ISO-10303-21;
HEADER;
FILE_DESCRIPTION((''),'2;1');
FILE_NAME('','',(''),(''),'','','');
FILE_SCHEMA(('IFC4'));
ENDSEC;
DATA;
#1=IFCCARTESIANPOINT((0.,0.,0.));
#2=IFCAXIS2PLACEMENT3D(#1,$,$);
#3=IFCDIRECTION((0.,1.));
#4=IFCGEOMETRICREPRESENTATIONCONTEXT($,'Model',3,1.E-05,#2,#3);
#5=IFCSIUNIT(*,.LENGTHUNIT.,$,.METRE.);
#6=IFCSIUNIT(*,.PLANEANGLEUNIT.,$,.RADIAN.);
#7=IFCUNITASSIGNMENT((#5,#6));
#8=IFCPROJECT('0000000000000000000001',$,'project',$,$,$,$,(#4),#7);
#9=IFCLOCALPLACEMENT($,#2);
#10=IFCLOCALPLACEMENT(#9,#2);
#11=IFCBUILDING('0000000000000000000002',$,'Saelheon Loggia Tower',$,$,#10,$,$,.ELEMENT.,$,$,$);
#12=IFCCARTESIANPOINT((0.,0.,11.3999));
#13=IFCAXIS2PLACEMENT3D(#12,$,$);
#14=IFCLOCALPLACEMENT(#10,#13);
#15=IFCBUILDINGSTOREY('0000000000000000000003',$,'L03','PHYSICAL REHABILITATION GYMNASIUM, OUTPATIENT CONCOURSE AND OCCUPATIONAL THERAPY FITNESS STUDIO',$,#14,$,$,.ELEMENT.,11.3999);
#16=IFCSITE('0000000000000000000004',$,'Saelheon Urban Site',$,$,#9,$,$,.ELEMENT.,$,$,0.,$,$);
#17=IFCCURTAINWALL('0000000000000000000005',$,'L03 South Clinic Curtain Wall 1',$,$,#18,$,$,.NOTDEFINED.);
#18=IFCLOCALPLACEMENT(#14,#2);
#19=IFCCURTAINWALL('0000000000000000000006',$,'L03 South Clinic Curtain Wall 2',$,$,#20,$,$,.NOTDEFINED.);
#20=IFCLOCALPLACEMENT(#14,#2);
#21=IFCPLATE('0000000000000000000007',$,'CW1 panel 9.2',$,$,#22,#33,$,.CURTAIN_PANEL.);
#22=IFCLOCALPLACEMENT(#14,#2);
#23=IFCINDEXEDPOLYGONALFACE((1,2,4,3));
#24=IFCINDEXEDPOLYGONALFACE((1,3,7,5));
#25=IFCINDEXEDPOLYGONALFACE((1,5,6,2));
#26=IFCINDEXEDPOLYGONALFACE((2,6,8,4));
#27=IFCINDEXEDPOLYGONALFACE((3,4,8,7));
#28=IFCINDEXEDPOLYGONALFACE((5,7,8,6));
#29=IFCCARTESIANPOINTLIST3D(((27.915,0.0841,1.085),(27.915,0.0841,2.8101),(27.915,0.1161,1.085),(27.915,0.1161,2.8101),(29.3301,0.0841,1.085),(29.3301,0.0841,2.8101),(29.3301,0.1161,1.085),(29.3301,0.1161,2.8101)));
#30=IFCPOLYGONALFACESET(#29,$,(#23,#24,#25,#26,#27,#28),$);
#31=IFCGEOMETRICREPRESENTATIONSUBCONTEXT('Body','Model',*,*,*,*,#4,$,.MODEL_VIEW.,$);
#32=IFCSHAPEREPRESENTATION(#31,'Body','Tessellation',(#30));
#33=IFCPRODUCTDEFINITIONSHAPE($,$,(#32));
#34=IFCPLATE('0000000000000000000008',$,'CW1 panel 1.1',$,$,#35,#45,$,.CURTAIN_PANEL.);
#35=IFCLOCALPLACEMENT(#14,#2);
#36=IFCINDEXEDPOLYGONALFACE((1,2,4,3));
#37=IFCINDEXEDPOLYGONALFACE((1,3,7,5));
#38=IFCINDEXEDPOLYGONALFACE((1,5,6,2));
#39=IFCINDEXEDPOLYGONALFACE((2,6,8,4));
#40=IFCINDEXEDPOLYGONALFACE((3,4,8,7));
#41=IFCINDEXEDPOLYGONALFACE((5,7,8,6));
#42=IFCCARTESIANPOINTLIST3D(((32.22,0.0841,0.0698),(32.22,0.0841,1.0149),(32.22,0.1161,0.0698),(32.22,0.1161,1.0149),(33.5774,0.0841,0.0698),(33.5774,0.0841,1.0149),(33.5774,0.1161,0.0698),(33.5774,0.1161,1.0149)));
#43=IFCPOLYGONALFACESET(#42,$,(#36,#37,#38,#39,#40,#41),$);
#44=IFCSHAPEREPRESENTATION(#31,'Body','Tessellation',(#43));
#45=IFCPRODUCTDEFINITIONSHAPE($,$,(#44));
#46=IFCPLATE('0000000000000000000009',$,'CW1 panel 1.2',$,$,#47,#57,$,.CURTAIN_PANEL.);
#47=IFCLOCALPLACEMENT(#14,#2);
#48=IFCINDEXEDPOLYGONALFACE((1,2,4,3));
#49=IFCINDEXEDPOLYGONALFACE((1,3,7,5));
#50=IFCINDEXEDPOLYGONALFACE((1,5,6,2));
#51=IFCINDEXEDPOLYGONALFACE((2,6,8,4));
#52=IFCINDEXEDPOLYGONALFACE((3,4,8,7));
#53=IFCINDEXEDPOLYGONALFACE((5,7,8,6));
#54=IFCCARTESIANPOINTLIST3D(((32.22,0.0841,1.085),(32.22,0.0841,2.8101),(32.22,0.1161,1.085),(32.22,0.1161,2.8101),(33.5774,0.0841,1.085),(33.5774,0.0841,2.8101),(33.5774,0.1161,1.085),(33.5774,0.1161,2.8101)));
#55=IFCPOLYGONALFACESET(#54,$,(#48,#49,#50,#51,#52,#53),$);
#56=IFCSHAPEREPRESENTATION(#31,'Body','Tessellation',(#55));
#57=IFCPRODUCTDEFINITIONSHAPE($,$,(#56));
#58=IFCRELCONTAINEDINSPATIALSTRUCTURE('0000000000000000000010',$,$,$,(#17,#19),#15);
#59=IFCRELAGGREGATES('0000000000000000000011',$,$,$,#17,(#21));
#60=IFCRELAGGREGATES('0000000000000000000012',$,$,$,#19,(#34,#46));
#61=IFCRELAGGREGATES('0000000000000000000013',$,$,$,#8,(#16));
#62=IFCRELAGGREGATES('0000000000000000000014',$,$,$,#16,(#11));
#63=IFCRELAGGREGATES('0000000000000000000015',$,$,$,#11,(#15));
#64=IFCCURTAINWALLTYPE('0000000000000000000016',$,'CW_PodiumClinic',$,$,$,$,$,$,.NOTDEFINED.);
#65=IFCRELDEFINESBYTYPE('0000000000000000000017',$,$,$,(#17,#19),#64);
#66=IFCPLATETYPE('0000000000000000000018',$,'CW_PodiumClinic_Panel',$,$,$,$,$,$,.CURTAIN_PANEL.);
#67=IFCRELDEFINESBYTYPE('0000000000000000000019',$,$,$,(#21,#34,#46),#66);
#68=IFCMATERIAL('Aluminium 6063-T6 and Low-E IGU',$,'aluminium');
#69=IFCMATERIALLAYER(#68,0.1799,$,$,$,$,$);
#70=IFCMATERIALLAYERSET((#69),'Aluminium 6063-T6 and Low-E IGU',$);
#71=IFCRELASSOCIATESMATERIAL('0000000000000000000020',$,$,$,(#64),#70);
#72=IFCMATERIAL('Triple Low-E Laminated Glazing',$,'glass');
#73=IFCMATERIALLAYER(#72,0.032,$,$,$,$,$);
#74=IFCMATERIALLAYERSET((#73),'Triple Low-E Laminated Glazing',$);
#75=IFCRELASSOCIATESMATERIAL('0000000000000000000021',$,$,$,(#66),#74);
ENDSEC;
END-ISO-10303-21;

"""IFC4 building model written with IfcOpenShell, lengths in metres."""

from ifc_helpers import new_model, si_unit, direction, frame, origin, origin_2d, place, context, subcontext, project, spatial, rectangle, extrude, source, transform, mapped, material, layer, layer_set, type_object, element, aggregate, save


model = new_model("IFC4")

# Units and contexts
model_context = context("Model", 3, precision=1e-05, world=origin(), true_north=direction((0.0, 1.0)))
body_context = subcontext(model_context, "Body", "Model", "MODEL_VIEW")
ifc_project = project(units=[si_unit("LENGTHUNIT", "METRE"), si_unit("PLANEANGLEUNIT", "RADIAN")], contexts=[model_context])

# Site, building, storey
site_placement = place(None, origin())
site = spatial("IfcSite", under=ifc_project, at=site_placement, Name="Saelheon Urban Site", CompositionType="ELEMENT", RefElevation=0.0)
building_placement = place(site_placement, origin())
building = spatial("IfcBuilding", under=site, at=building_placement, Name="Saelheon Loggia Tower", CompositionType="ELEMENT")
storey_placement = place(building_placement, frame((0.0, 0.0, 11.3999)))
storey = spatial("IfcBuildingStorey", under=building, at=storey_placement, Name="L03", Description="PHYSICAL REHABILITATION GYMNASIUM, OUTPATIENT CONCOURSE AND OCCUPATIONAL THERAPY FITNESS STUDIO", CompositionType="ELEMENT", Elevation=11.3999)

# Curtain walls
ifc_material_1 = material(Name="Aluminium 6063-T6 and Low-E IGU", Category="aluminium")
ifc_layer_1 = layer(ifc_material_1, 0.1799)
ifc_layer_set_1 = layer_set([ifc_layer_1], Name="Aluminium 6063-T6 and Low-E IGU")
curtain_wall_type = type_object("IfcCurtainWallType", Name="CW_PodiumClinic", PredefinedType="NOTDEFINED", material=ifc_layer_set_1)
curtain_wall_1_placement = place(storey_placement, origin())
curtain_wall_1 = element("IfcCurtainWall", 1, at=curtain_wall_1_placement, inside=storey, type_object=curtain_wall_type, Name="L03 South Clinic Curtain Wall 1", PredefinedType="NOTDEFINED")
curtain_wall_2_placement = place(storey_placement, origin())
curtain_wall_2 = element("IfcCurtainWall", 2, at=curtain_wall_2_placement, inside=storey, type_object=curtain_wall_type, Name="L03 South Clinic Curtain Wall 2", PredefinedType="NOTDEFINED")

# Plates
ifc_material_2 = material(Name="Triple Low-E Laminated Glazing", Category="glass")
ifc_layer_2 = layer(ifc_material_2, 0.032)
ifc_layer_set_2 = layer_set([ifc_layer_2], Name="Triple Low-E Laminated Glazing")
plate_type = type_object("IfcPlateType", Name="CW_PodiumClinic_Panel", PredefinedType="CURTAIN_PANEL", material=ifc_layer_set_2)
shared_shape_1 = source(origin(), body_context, "Body", "SweptSolid", [
    extrude(rectangle(XDim=1.415, YDim=0.032, at=origin_2d()), origin(), (0.0, 0.0, 1.0), 1.7251),
])
plate_1_placement = place(storey_placement, frame((28.6226, 0.1001, 1.085), z_axis=(0.0, 0.0, 1.0), x_axis=(1.0, 0.0, 0.0)))
plate_1 = element("IfcPlate", 3, at=plate_1_placement, type_object=plate_type, Name="CW1 panel 9.2", PredefinedType="CURTAIN_PANEL", context=body_context, shape_type="MappedRepresentation", body=[
    mapped(shared_shape_1, transform((0.0, 0.0, 0.0), scale=1.0)),
])
aggregate(curtain_wall_1, [plate_1])
shared_shape_2 = source(origin(), body_context, "Body", "SweptSolid", [
    extrude(rectangle(XDim=1.3574, YDim=0.032, at=origin_2d()), origin(), (0.0, 0.0, 1.0), 0.9451),
])
plate_2_placement = place(storey_placement, frame((32.8987, 0.1001, 0.0698), z_axis=(0.0, 0.0, 1.0), x_axis=(1.0, 0.0, 0.0)))
plate_2 = element("IfcPlate", 4, at=plate_2_placement, type_object=plate_type, Name="CW1 panel 1.1", PredefinedType="CURTAIN_PANEL", context=body_context, shape_type="MappedRepresentation", body=[
    mapped(shared_shape_2, transform((0.0, 0.0, 0.0), scale=1.0)),
])
shared_shape_3 = source(origin(), body_context, "Body", "SweptSolid", [
    extrude(rectangle(XDim=1.3574, YDim=0.032, at=origin_2d()), origin(), (0.0, 0.0, 1.0), 1.7251),
])
plate_3_placement = place(storey_placement, frame((32.8987, 0.1001, 1.085), z_axis=(0.0, 0.0, 1.0), x_axis=(1.0, 0.0, 0.0)))
plate_3 = element("IfcPlate", 5, at=plate_3_placement, type_object=plate_type, Name="CW1 panel 1.2", PredefinedType="CURTAIN_PANEL", context=body_context, shape_type="MappedRepresentation", body=[
    mapped(shared_shape_3, transform((0.0, 0.0, 0.0), scale=1.0)),
])
aggregate(curtain_wall_2, [plate_2, plate_3])

save(model, "model.ifc")
